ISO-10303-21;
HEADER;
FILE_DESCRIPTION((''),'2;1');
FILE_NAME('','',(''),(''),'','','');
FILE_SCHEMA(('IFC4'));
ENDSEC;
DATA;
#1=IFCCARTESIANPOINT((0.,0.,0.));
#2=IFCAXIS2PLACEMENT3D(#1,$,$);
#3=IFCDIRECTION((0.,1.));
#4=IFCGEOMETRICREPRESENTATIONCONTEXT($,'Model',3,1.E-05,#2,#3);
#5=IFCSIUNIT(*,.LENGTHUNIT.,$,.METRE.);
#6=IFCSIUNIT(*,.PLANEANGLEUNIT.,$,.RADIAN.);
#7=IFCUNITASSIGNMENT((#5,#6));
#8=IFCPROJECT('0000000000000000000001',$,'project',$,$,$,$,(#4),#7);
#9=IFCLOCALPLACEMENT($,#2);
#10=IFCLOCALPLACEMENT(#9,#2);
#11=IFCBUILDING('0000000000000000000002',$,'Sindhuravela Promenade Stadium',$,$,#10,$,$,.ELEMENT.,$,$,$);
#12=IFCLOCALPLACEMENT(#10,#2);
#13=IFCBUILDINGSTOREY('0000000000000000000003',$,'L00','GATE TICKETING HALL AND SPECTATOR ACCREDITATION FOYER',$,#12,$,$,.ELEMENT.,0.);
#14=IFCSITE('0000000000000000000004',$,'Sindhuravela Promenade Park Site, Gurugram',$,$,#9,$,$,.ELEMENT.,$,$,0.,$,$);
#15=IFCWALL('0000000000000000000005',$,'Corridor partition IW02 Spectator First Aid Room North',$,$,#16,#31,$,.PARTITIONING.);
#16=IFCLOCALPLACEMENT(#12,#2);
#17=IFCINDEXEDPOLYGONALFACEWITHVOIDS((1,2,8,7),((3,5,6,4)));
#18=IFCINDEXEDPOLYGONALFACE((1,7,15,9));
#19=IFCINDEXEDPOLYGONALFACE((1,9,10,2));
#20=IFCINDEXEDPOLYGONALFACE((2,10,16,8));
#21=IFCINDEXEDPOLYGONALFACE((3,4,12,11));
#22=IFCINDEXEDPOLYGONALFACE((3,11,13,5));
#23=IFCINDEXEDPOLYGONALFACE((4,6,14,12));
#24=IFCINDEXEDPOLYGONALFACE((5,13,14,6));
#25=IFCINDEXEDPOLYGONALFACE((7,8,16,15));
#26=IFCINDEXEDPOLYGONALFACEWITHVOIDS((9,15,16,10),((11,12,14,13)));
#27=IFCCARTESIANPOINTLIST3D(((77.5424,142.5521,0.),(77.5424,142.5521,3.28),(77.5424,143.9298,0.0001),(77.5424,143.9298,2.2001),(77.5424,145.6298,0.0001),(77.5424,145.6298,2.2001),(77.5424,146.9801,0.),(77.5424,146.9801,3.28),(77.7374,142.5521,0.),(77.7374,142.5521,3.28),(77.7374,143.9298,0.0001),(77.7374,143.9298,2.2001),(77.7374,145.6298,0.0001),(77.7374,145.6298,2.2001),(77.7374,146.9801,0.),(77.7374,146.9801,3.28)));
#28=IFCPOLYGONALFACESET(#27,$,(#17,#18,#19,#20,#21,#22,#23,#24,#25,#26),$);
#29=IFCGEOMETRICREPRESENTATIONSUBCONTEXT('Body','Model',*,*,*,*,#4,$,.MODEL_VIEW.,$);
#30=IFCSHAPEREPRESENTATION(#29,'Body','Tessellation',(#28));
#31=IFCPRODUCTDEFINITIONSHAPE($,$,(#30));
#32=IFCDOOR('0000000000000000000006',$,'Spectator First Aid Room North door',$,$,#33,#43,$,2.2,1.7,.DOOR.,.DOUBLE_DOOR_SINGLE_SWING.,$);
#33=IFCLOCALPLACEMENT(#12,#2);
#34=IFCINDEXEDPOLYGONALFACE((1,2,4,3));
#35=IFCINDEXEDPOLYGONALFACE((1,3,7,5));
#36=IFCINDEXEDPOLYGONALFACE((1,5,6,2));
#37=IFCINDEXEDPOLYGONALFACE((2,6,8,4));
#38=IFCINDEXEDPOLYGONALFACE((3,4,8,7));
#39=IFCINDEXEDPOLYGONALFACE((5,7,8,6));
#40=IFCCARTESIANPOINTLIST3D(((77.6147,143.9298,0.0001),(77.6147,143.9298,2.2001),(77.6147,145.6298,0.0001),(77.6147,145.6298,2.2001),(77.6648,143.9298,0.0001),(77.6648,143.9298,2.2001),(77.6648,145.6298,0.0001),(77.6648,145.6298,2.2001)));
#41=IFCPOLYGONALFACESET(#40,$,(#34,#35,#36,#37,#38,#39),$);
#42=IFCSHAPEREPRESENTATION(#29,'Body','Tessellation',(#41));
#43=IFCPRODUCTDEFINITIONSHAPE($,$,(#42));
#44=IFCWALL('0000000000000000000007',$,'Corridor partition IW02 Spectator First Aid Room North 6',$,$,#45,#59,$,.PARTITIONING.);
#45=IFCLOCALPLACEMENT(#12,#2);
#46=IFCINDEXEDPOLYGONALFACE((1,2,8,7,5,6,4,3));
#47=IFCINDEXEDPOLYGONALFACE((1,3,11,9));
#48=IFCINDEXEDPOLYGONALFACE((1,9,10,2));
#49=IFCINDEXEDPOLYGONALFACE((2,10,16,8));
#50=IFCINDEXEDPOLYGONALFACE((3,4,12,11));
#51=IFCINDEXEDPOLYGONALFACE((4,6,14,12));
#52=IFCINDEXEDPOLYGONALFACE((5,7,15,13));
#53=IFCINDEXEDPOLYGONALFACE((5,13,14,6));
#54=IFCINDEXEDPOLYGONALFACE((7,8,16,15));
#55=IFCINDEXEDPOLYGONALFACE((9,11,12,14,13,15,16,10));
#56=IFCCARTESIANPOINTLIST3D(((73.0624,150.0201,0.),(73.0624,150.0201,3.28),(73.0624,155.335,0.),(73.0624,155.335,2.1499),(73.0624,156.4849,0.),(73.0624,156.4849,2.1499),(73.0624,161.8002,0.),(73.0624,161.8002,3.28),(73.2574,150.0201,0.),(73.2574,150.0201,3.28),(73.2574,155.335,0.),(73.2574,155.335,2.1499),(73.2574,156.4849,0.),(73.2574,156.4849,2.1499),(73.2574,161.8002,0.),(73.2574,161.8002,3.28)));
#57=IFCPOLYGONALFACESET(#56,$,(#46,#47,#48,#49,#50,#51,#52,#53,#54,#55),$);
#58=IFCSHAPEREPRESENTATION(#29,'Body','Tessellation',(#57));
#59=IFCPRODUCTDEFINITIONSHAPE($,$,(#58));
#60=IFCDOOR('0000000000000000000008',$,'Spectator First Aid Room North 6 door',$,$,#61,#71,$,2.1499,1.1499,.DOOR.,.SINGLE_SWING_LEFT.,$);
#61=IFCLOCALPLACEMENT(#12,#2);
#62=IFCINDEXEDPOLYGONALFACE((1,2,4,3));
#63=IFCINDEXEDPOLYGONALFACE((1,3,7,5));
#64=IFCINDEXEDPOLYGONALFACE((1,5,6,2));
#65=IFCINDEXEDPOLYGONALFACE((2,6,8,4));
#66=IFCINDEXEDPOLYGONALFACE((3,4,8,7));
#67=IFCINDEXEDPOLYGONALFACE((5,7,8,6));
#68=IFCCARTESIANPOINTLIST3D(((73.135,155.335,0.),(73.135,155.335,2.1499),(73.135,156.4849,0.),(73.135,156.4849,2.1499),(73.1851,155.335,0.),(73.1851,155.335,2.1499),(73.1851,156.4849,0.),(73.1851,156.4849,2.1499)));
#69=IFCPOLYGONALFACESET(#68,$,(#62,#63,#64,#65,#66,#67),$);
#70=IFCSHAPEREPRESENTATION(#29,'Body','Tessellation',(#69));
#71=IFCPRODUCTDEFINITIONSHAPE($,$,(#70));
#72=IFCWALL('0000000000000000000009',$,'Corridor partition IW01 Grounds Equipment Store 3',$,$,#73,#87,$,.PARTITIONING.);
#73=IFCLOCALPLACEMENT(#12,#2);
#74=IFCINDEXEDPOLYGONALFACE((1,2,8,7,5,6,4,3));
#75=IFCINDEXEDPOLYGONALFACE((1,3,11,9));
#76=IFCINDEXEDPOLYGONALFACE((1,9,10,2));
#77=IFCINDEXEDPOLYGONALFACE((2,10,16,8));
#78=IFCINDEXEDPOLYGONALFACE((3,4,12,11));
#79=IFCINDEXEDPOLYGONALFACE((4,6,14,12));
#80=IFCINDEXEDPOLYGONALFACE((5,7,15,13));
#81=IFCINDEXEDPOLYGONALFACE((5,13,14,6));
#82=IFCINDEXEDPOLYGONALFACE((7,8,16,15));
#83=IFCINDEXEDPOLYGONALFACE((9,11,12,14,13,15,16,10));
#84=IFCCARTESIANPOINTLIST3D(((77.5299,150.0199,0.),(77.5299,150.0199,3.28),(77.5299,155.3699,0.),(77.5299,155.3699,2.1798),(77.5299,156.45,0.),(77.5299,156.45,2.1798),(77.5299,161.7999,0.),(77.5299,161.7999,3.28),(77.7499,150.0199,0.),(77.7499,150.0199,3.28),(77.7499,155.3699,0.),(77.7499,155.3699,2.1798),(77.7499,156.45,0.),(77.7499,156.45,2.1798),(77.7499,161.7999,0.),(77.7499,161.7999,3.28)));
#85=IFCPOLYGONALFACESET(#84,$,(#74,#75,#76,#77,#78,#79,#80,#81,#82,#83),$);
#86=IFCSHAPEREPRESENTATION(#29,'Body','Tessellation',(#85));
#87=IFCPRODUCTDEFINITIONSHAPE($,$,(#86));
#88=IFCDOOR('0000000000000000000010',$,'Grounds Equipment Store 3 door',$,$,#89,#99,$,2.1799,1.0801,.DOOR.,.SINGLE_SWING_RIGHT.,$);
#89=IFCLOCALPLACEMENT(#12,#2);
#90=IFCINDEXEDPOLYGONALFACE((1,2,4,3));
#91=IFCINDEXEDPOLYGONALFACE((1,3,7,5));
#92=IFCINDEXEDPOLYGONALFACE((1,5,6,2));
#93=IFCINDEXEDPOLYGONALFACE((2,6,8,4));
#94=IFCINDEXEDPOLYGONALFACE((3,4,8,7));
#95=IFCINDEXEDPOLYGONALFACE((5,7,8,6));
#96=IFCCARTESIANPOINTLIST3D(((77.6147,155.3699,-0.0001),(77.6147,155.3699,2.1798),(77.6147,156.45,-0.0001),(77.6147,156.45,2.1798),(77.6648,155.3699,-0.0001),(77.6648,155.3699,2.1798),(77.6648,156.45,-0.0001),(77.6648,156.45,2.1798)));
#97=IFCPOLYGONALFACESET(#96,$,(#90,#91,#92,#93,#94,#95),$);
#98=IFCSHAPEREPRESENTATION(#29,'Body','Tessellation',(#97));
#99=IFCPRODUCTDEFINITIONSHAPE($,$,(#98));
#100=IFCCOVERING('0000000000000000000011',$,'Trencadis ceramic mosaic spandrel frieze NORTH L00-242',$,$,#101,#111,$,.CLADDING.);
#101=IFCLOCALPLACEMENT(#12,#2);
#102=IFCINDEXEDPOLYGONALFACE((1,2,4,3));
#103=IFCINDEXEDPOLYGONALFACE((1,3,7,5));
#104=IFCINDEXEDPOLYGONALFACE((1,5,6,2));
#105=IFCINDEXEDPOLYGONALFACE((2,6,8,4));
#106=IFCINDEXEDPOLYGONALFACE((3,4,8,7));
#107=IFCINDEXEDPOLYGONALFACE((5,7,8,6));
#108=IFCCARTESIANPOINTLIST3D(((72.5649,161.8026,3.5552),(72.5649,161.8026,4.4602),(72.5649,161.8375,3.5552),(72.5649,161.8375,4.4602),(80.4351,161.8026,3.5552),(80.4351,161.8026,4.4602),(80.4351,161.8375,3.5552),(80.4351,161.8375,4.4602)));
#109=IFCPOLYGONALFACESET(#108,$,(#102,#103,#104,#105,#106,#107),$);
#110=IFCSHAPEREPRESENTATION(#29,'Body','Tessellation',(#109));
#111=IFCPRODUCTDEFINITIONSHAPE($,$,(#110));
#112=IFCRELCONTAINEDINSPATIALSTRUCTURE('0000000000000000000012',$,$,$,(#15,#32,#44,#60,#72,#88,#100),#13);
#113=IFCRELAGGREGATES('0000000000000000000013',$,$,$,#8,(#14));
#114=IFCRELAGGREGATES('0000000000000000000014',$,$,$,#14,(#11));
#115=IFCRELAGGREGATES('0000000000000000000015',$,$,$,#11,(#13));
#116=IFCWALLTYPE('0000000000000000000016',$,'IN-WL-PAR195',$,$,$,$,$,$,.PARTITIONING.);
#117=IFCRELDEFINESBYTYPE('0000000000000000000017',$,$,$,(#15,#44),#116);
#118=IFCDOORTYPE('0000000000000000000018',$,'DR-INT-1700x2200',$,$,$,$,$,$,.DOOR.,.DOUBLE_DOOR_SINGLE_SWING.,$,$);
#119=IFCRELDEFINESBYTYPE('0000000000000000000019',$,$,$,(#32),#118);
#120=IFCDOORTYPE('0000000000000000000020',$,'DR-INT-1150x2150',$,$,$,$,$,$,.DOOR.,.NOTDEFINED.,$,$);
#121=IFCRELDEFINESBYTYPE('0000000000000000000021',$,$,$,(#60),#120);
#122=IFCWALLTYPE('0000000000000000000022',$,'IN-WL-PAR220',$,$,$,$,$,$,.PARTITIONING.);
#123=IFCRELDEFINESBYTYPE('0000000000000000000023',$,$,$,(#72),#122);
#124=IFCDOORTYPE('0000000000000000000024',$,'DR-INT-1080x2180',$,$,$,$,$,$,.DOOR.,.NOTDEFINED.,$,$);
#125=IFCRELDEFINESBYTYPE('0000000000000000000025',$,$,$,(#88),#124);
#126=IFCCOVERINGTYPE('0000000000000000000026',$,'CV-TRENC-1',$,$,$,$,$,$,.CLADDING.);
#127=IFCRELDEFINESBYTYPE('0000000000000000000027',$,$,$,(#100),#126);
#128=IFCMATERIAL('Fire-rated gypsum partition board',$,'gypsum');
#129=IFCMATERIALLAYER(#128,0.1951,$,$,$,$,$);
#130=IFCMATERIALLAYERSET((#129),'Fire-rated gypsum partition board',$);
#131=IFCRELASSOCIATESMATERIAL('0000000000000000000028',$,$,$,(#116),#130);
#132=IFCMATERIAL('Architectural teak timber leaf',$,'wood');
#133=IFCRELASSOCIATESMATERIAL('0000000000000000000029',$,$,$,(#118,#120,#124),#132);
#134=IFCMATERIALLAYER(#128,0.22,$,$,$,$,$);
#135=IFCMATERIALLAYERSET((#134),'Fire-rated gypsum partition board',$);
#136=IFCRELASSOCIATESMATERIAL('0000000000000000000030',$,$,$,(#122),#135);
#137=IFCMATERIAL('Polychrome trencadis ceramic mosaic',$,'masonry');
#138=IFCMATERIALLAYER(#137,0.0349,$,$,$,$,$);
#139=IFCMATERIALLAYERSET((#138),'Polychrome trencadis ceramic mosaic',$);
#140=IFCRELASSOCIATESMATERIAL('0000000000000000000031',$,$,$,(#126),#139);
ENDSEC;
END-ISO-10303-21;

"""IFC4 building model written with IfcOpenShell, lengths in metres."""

from ifc_helpers import new_model, si_unit, direction, frame, frame_2d, origin, origin_2d, place, context, subcontext, project, spatial, rectangle, extrude, material, layer, layer_set, type_object, element, fill, save


model = new_model("IFC4")

# Units and contexts
model_context = context("Model", 3, precision=1e-05, world=origin(), true_north=direction((0.0, 1.0)))
body_context = subcontext(model_context, "Body", "Model", "MODEL_VIEW")
ifc_project = project(units=[si_unit("LENGTHUNIT", "METRE"), si_unit("PLANEANGLEUNIT", "RADIAN")], contexts=[model_context])

# Site, building, storey
site_placement = place(None, origin())
site = spatial("IfcSite", under=ifc_project, at=site_placement, Name="Sindhuravela Promenade Park Site, Gurugram", CompositionType="ELEMENT", RefElevation=0.0)
building_placement = place(site_placement, origin())
building = spatial("IfcBuilding", under=site, at=building_placement, Name="Sindhuravela Promenade Stadium", CompositionType="ELEMENT")
storey_placement = place(building_placement, origin())
storey = spatial("IfcBuildingStorey", under=building, at=storey_placement, Name="L00", Description="GATE TICKETING HALL AND SPECTATOR ACCREDITATION FOYER", CompositionType="ELEMENT", Elevation=0.0)

# Shared definitions
ifc_material_1 = material(Name="Fire-rated gypsum partition board", Category="gypsum")

# Walls, openings, doors
ifc_layer_1 = layer(ifc_material_1, 0.1951)
ifc_layer_set_1 = layer_set([ifc_layer_1], Name="Fire-rated gypsum partition board")
wall_type_1 = type_object("IfcWallType", Name="IN-WL-PAR195", PredefinedType="PARTITIONING", material=ifc_layer_set_1)
wall_1_placement = place(storey_placement, frame((77.6399, 146.98, 0.0), z_axis=(0.0, 0.0, 1.0), x_axis=(0.0, -1.0, 0.0)))
wall_1 = element("IfcWall", 1, at=wall_1_placement, inside=storey, type_object=wall_type_1, Name="Corridor partition IW02 Spectator First Aid Room North", PredefinedType="PARTITIONING", context=body_context, shape_type="SweptSolid", body=[
    extrude(rectangle(XDim=4.428, YDim=0.1951, at=frame_2d((2.2139, 0.0))), origin(), (0.0, 0.0, 1.0), 3.28),
])
opening_1_placement = place(wall_1_placement, frame((1.3501, 0.0, 0.0)))
opening_1 = element("IfcOpeningElement", 2, at=opening_1_placement, cuts=wall_1, PredefinedType="OPENING", context=body_context, shape_type="SweptSolid", body=[
    extrude(rectangle(XDim=1.7, YDim=2.2, at=frame_2d((0.8501, 1.1001))), frame((0.0, 0.1074, 0.0), z_axis=(0.0, -1.0, 0.0), x_axis=(1.0, 0.0, 0.0)), (0.0, 0.0, 1.0), 0.2151),
])
ifc_material_2 = material(Name="Architectural teak timber leaf", Category="wood")
door_type_1 = type_object("IfcDoorType", Name="DR-INT-1700x2200", OperationType="DOUBLE_DOOR_SINGLE_SWING", PredefinedType="DOOR", material=ifc_material_2)
door_1_placement = place(opening_1_placement, origin())
door_1 = element("IfcDoor", 3, at=door_1_placement, inside=storey, type_object=door_type_1, Name="Spectator First Aid Room North door", OperationType="DOUBLE_DOOR_SINGLE_SWING", OverallHeight=2.2, OverallWidth=1.7, PredefinedType="DOOR", context=body_context, shape_type="SweptSolid", body=[
    extrude(rectangle(XDim=1.7, YDim=2.2, at=frame_2d((0.8501, 1.1001))), frame((0.0, 0.0249, 0.0), z_axis=(0.0, -1.0, 0.0), x_axis=(1.0, 0.0, 0.0)), (0.0, 0.0, 1.0), 0.05),
])
fill(opening_1, door_1)
wall_2_placement = place(storey_placement, frame((73.1599, 150.02, 0.0), z_axis=(0.0, 0.0, 1.0), x_axis=(0.0, 1.0, 0.0)))
wall_2 = element("IfcWall", 4, at=wall_2_placement, inside=storey, type_object=wall_type_1, Name="Corridor partition IW02 Spectator First Aid Room North 6", PredefinedType="PARTITIONING", context=body_context, shape_type="SweptSolid", body=[
    extrude(rectangle(XDim=11.78, YDim=0.1951, at=frame_2d((5.8901, 0.0))), origin(), (0.0, 0.0, 1.0), 3.28),
])
opening_2_placement = place(wall_2_placement, frame((5.3149, 0.0, 0.0)))
opening_2 = element("IfcOpeningElement", 5, at=opening_2_placement, cuts=wall_2, PredefinedType="OPENING", context=body_context, shape_type="SweptSolid", body=[
    extrude(rectangle(XDim=1.1499, YDim=2.1499, at=frame_2d((0.575, 1.075))), frame((0.0, 0.1074, 0.0), z_axis=(0.0, -1.0, 0.0), x_axis=(1.0, 0.0, 0.0)), (0.0, 0.0, 1.0), 0.2151),
])
door_type_2 = type_object("IfcDoorType", Name="DR-INT-1150x2150", OperationType="NOTDEFINED", PredefinedType="DOOR", material=ifc_material_2)
door_2_placement = place(opening_2_placement, origin())
door_2 = element("IfcDoor", 6, at=door_2_placement, inside=storey, type_object=door_type_2, Name="Spectator First Aid Room North 6 door", OperationType="SINGLE_SWING_LEFT", OverallHeight=2.1499, OverallWidth=1.1499, PredefinedType="DOOR", context=body_context, shape_type="SweptSolid", body=[
    extrude(rectangle(XDim=1.1499, YDim=2.1499, at=frame_2d((0.575, 1.075))), frame((0.0, 0.0249, 0.0), z_axis=(0.0, -1.0, 0.0), x_axis=(1.0, 0.0, 0.0)), (0.0, 0.0, 1.0), 0.05),
])
fill(opening_2, door_2)
ifc_layer_2 = layer(ifc_material_1, 0.22)
ifc_layer_set_2 = layer_set([ifc_layer_2], Name="Fire-rated gypsum partition board")
wall_type_2 = type_object("IfcWallType", Name="IN-WL-PAR220", PredefinedType="PARTITIONING", material=ifc_layer_set_2)
wall_3_placement = place(storey_placement, frame((77.6399, 161.8, 0.0), z_axis=(0.0, 0.0, 1.0), x_axis=(0.0, -1.0, 0.0)))
wall_3 = element("IfcWall", 7, at=wall_3_placement, inside=storey, type_object=wall_type_2, Name="Corridor partition IW01 Grounds Equipment Store 3", PredefinedType="PARTITIONING", context=body_context, shape_type="SweptSolid", body=[
    extrude(rectangle(XDim=11.78, YDim=0.22, at=frame_2d((5.8901, 0.0))), origin(), (0.0, 0.0, 1.0), 3.28),
])
opening_3_placement = place(wall_3_placement, frame((5.3501, 0.0, 0.0)))
opening_3 = element("IfcOpeningElement", 8, at=opening_3_placement, cuts=wall_3, PredefinedType="OPENING", context=body_context, shape_type="SweptSolid", body=[
    extrude(rectangle(XDim=1.0801, YDim=2.1799, at=frame_2d((0.54, 1.0898))), frame((0.0, 0.1199, 0.0), z_axis=(0.0, -1.0, 0.0), x_axis=(1.0, 0.0, 0.0)), (0.0, 0.0, 1.0), 0.24),
])
door_type_3 = type_object("IfcDoorType", Name="DR-INT-1080x2180", OperationType="NOTDEFINED", PredefinedType="DOOR", material=ifc_material_2)
door_3_placement = place(opening_3_placement, origin())
door_3 = element("IfcDoor", 9, at=door_3_placement, inside=storey, type_object=door_type_3, Name="Grounds Equipment Store 3 door", OperationType="SINGLE_SWING_RIGHT", OverallHeight=2.1799, OverallWidth=1.0801, PredefinedType="DOOR", context=body_context, shape_type="SweptSolid", body=[
    extrude(rectangle(XDim=1.0801, YDim=2.1799, at=frame_2d((0.54, 1.0898))), frame((0.0, 0.0249, 0.0), z_axis=(0.0, -1.0, 0.0), x_axis=(1.0, 0.0, 0.0)), (0.0, 0.0, 1.0), 0.05),
])
fill(opening_3, door_3)

# Covering
ifc_material_3 = material(Name="Polychrome trencadis ceramic mosaic", Category="masonry")
ifc_layer_3 = layer(ifc_material_3, 0.0349)
ifc_layer_set_3 = layer_set([ifc_layer_3], Name="Polychrome trencadis ceramic mosaic")
covering_type = type_object("IfcCoveringType", Name="CV-TRENC-1", PredefinedType="CLADDING", material=ifc_layer_set_3)
covering_placement = place(storey_placement, frame((76.5, 161.8201, 3.5552), z_axis=(0.0, 0.0, 1.0), x_axis=(1.0, 0.0, 0.0)))
element("IfcCovering", 10, at=covering_placement, inside=storey, type_object=covering_type, Name="Trencadis ceramic mosaic spandrel frieze NORTH L00-242", PredefinedType="CLADDING", context=body_context, shape_type="SweptSolid", body=[
    extrude(rectangle(XDim=7.8701, YDim=0.0349, at=origin_2d()), origin(), (0.0, 0.0, 1.0), 0.905),
])

save(model, "model.ifc")
